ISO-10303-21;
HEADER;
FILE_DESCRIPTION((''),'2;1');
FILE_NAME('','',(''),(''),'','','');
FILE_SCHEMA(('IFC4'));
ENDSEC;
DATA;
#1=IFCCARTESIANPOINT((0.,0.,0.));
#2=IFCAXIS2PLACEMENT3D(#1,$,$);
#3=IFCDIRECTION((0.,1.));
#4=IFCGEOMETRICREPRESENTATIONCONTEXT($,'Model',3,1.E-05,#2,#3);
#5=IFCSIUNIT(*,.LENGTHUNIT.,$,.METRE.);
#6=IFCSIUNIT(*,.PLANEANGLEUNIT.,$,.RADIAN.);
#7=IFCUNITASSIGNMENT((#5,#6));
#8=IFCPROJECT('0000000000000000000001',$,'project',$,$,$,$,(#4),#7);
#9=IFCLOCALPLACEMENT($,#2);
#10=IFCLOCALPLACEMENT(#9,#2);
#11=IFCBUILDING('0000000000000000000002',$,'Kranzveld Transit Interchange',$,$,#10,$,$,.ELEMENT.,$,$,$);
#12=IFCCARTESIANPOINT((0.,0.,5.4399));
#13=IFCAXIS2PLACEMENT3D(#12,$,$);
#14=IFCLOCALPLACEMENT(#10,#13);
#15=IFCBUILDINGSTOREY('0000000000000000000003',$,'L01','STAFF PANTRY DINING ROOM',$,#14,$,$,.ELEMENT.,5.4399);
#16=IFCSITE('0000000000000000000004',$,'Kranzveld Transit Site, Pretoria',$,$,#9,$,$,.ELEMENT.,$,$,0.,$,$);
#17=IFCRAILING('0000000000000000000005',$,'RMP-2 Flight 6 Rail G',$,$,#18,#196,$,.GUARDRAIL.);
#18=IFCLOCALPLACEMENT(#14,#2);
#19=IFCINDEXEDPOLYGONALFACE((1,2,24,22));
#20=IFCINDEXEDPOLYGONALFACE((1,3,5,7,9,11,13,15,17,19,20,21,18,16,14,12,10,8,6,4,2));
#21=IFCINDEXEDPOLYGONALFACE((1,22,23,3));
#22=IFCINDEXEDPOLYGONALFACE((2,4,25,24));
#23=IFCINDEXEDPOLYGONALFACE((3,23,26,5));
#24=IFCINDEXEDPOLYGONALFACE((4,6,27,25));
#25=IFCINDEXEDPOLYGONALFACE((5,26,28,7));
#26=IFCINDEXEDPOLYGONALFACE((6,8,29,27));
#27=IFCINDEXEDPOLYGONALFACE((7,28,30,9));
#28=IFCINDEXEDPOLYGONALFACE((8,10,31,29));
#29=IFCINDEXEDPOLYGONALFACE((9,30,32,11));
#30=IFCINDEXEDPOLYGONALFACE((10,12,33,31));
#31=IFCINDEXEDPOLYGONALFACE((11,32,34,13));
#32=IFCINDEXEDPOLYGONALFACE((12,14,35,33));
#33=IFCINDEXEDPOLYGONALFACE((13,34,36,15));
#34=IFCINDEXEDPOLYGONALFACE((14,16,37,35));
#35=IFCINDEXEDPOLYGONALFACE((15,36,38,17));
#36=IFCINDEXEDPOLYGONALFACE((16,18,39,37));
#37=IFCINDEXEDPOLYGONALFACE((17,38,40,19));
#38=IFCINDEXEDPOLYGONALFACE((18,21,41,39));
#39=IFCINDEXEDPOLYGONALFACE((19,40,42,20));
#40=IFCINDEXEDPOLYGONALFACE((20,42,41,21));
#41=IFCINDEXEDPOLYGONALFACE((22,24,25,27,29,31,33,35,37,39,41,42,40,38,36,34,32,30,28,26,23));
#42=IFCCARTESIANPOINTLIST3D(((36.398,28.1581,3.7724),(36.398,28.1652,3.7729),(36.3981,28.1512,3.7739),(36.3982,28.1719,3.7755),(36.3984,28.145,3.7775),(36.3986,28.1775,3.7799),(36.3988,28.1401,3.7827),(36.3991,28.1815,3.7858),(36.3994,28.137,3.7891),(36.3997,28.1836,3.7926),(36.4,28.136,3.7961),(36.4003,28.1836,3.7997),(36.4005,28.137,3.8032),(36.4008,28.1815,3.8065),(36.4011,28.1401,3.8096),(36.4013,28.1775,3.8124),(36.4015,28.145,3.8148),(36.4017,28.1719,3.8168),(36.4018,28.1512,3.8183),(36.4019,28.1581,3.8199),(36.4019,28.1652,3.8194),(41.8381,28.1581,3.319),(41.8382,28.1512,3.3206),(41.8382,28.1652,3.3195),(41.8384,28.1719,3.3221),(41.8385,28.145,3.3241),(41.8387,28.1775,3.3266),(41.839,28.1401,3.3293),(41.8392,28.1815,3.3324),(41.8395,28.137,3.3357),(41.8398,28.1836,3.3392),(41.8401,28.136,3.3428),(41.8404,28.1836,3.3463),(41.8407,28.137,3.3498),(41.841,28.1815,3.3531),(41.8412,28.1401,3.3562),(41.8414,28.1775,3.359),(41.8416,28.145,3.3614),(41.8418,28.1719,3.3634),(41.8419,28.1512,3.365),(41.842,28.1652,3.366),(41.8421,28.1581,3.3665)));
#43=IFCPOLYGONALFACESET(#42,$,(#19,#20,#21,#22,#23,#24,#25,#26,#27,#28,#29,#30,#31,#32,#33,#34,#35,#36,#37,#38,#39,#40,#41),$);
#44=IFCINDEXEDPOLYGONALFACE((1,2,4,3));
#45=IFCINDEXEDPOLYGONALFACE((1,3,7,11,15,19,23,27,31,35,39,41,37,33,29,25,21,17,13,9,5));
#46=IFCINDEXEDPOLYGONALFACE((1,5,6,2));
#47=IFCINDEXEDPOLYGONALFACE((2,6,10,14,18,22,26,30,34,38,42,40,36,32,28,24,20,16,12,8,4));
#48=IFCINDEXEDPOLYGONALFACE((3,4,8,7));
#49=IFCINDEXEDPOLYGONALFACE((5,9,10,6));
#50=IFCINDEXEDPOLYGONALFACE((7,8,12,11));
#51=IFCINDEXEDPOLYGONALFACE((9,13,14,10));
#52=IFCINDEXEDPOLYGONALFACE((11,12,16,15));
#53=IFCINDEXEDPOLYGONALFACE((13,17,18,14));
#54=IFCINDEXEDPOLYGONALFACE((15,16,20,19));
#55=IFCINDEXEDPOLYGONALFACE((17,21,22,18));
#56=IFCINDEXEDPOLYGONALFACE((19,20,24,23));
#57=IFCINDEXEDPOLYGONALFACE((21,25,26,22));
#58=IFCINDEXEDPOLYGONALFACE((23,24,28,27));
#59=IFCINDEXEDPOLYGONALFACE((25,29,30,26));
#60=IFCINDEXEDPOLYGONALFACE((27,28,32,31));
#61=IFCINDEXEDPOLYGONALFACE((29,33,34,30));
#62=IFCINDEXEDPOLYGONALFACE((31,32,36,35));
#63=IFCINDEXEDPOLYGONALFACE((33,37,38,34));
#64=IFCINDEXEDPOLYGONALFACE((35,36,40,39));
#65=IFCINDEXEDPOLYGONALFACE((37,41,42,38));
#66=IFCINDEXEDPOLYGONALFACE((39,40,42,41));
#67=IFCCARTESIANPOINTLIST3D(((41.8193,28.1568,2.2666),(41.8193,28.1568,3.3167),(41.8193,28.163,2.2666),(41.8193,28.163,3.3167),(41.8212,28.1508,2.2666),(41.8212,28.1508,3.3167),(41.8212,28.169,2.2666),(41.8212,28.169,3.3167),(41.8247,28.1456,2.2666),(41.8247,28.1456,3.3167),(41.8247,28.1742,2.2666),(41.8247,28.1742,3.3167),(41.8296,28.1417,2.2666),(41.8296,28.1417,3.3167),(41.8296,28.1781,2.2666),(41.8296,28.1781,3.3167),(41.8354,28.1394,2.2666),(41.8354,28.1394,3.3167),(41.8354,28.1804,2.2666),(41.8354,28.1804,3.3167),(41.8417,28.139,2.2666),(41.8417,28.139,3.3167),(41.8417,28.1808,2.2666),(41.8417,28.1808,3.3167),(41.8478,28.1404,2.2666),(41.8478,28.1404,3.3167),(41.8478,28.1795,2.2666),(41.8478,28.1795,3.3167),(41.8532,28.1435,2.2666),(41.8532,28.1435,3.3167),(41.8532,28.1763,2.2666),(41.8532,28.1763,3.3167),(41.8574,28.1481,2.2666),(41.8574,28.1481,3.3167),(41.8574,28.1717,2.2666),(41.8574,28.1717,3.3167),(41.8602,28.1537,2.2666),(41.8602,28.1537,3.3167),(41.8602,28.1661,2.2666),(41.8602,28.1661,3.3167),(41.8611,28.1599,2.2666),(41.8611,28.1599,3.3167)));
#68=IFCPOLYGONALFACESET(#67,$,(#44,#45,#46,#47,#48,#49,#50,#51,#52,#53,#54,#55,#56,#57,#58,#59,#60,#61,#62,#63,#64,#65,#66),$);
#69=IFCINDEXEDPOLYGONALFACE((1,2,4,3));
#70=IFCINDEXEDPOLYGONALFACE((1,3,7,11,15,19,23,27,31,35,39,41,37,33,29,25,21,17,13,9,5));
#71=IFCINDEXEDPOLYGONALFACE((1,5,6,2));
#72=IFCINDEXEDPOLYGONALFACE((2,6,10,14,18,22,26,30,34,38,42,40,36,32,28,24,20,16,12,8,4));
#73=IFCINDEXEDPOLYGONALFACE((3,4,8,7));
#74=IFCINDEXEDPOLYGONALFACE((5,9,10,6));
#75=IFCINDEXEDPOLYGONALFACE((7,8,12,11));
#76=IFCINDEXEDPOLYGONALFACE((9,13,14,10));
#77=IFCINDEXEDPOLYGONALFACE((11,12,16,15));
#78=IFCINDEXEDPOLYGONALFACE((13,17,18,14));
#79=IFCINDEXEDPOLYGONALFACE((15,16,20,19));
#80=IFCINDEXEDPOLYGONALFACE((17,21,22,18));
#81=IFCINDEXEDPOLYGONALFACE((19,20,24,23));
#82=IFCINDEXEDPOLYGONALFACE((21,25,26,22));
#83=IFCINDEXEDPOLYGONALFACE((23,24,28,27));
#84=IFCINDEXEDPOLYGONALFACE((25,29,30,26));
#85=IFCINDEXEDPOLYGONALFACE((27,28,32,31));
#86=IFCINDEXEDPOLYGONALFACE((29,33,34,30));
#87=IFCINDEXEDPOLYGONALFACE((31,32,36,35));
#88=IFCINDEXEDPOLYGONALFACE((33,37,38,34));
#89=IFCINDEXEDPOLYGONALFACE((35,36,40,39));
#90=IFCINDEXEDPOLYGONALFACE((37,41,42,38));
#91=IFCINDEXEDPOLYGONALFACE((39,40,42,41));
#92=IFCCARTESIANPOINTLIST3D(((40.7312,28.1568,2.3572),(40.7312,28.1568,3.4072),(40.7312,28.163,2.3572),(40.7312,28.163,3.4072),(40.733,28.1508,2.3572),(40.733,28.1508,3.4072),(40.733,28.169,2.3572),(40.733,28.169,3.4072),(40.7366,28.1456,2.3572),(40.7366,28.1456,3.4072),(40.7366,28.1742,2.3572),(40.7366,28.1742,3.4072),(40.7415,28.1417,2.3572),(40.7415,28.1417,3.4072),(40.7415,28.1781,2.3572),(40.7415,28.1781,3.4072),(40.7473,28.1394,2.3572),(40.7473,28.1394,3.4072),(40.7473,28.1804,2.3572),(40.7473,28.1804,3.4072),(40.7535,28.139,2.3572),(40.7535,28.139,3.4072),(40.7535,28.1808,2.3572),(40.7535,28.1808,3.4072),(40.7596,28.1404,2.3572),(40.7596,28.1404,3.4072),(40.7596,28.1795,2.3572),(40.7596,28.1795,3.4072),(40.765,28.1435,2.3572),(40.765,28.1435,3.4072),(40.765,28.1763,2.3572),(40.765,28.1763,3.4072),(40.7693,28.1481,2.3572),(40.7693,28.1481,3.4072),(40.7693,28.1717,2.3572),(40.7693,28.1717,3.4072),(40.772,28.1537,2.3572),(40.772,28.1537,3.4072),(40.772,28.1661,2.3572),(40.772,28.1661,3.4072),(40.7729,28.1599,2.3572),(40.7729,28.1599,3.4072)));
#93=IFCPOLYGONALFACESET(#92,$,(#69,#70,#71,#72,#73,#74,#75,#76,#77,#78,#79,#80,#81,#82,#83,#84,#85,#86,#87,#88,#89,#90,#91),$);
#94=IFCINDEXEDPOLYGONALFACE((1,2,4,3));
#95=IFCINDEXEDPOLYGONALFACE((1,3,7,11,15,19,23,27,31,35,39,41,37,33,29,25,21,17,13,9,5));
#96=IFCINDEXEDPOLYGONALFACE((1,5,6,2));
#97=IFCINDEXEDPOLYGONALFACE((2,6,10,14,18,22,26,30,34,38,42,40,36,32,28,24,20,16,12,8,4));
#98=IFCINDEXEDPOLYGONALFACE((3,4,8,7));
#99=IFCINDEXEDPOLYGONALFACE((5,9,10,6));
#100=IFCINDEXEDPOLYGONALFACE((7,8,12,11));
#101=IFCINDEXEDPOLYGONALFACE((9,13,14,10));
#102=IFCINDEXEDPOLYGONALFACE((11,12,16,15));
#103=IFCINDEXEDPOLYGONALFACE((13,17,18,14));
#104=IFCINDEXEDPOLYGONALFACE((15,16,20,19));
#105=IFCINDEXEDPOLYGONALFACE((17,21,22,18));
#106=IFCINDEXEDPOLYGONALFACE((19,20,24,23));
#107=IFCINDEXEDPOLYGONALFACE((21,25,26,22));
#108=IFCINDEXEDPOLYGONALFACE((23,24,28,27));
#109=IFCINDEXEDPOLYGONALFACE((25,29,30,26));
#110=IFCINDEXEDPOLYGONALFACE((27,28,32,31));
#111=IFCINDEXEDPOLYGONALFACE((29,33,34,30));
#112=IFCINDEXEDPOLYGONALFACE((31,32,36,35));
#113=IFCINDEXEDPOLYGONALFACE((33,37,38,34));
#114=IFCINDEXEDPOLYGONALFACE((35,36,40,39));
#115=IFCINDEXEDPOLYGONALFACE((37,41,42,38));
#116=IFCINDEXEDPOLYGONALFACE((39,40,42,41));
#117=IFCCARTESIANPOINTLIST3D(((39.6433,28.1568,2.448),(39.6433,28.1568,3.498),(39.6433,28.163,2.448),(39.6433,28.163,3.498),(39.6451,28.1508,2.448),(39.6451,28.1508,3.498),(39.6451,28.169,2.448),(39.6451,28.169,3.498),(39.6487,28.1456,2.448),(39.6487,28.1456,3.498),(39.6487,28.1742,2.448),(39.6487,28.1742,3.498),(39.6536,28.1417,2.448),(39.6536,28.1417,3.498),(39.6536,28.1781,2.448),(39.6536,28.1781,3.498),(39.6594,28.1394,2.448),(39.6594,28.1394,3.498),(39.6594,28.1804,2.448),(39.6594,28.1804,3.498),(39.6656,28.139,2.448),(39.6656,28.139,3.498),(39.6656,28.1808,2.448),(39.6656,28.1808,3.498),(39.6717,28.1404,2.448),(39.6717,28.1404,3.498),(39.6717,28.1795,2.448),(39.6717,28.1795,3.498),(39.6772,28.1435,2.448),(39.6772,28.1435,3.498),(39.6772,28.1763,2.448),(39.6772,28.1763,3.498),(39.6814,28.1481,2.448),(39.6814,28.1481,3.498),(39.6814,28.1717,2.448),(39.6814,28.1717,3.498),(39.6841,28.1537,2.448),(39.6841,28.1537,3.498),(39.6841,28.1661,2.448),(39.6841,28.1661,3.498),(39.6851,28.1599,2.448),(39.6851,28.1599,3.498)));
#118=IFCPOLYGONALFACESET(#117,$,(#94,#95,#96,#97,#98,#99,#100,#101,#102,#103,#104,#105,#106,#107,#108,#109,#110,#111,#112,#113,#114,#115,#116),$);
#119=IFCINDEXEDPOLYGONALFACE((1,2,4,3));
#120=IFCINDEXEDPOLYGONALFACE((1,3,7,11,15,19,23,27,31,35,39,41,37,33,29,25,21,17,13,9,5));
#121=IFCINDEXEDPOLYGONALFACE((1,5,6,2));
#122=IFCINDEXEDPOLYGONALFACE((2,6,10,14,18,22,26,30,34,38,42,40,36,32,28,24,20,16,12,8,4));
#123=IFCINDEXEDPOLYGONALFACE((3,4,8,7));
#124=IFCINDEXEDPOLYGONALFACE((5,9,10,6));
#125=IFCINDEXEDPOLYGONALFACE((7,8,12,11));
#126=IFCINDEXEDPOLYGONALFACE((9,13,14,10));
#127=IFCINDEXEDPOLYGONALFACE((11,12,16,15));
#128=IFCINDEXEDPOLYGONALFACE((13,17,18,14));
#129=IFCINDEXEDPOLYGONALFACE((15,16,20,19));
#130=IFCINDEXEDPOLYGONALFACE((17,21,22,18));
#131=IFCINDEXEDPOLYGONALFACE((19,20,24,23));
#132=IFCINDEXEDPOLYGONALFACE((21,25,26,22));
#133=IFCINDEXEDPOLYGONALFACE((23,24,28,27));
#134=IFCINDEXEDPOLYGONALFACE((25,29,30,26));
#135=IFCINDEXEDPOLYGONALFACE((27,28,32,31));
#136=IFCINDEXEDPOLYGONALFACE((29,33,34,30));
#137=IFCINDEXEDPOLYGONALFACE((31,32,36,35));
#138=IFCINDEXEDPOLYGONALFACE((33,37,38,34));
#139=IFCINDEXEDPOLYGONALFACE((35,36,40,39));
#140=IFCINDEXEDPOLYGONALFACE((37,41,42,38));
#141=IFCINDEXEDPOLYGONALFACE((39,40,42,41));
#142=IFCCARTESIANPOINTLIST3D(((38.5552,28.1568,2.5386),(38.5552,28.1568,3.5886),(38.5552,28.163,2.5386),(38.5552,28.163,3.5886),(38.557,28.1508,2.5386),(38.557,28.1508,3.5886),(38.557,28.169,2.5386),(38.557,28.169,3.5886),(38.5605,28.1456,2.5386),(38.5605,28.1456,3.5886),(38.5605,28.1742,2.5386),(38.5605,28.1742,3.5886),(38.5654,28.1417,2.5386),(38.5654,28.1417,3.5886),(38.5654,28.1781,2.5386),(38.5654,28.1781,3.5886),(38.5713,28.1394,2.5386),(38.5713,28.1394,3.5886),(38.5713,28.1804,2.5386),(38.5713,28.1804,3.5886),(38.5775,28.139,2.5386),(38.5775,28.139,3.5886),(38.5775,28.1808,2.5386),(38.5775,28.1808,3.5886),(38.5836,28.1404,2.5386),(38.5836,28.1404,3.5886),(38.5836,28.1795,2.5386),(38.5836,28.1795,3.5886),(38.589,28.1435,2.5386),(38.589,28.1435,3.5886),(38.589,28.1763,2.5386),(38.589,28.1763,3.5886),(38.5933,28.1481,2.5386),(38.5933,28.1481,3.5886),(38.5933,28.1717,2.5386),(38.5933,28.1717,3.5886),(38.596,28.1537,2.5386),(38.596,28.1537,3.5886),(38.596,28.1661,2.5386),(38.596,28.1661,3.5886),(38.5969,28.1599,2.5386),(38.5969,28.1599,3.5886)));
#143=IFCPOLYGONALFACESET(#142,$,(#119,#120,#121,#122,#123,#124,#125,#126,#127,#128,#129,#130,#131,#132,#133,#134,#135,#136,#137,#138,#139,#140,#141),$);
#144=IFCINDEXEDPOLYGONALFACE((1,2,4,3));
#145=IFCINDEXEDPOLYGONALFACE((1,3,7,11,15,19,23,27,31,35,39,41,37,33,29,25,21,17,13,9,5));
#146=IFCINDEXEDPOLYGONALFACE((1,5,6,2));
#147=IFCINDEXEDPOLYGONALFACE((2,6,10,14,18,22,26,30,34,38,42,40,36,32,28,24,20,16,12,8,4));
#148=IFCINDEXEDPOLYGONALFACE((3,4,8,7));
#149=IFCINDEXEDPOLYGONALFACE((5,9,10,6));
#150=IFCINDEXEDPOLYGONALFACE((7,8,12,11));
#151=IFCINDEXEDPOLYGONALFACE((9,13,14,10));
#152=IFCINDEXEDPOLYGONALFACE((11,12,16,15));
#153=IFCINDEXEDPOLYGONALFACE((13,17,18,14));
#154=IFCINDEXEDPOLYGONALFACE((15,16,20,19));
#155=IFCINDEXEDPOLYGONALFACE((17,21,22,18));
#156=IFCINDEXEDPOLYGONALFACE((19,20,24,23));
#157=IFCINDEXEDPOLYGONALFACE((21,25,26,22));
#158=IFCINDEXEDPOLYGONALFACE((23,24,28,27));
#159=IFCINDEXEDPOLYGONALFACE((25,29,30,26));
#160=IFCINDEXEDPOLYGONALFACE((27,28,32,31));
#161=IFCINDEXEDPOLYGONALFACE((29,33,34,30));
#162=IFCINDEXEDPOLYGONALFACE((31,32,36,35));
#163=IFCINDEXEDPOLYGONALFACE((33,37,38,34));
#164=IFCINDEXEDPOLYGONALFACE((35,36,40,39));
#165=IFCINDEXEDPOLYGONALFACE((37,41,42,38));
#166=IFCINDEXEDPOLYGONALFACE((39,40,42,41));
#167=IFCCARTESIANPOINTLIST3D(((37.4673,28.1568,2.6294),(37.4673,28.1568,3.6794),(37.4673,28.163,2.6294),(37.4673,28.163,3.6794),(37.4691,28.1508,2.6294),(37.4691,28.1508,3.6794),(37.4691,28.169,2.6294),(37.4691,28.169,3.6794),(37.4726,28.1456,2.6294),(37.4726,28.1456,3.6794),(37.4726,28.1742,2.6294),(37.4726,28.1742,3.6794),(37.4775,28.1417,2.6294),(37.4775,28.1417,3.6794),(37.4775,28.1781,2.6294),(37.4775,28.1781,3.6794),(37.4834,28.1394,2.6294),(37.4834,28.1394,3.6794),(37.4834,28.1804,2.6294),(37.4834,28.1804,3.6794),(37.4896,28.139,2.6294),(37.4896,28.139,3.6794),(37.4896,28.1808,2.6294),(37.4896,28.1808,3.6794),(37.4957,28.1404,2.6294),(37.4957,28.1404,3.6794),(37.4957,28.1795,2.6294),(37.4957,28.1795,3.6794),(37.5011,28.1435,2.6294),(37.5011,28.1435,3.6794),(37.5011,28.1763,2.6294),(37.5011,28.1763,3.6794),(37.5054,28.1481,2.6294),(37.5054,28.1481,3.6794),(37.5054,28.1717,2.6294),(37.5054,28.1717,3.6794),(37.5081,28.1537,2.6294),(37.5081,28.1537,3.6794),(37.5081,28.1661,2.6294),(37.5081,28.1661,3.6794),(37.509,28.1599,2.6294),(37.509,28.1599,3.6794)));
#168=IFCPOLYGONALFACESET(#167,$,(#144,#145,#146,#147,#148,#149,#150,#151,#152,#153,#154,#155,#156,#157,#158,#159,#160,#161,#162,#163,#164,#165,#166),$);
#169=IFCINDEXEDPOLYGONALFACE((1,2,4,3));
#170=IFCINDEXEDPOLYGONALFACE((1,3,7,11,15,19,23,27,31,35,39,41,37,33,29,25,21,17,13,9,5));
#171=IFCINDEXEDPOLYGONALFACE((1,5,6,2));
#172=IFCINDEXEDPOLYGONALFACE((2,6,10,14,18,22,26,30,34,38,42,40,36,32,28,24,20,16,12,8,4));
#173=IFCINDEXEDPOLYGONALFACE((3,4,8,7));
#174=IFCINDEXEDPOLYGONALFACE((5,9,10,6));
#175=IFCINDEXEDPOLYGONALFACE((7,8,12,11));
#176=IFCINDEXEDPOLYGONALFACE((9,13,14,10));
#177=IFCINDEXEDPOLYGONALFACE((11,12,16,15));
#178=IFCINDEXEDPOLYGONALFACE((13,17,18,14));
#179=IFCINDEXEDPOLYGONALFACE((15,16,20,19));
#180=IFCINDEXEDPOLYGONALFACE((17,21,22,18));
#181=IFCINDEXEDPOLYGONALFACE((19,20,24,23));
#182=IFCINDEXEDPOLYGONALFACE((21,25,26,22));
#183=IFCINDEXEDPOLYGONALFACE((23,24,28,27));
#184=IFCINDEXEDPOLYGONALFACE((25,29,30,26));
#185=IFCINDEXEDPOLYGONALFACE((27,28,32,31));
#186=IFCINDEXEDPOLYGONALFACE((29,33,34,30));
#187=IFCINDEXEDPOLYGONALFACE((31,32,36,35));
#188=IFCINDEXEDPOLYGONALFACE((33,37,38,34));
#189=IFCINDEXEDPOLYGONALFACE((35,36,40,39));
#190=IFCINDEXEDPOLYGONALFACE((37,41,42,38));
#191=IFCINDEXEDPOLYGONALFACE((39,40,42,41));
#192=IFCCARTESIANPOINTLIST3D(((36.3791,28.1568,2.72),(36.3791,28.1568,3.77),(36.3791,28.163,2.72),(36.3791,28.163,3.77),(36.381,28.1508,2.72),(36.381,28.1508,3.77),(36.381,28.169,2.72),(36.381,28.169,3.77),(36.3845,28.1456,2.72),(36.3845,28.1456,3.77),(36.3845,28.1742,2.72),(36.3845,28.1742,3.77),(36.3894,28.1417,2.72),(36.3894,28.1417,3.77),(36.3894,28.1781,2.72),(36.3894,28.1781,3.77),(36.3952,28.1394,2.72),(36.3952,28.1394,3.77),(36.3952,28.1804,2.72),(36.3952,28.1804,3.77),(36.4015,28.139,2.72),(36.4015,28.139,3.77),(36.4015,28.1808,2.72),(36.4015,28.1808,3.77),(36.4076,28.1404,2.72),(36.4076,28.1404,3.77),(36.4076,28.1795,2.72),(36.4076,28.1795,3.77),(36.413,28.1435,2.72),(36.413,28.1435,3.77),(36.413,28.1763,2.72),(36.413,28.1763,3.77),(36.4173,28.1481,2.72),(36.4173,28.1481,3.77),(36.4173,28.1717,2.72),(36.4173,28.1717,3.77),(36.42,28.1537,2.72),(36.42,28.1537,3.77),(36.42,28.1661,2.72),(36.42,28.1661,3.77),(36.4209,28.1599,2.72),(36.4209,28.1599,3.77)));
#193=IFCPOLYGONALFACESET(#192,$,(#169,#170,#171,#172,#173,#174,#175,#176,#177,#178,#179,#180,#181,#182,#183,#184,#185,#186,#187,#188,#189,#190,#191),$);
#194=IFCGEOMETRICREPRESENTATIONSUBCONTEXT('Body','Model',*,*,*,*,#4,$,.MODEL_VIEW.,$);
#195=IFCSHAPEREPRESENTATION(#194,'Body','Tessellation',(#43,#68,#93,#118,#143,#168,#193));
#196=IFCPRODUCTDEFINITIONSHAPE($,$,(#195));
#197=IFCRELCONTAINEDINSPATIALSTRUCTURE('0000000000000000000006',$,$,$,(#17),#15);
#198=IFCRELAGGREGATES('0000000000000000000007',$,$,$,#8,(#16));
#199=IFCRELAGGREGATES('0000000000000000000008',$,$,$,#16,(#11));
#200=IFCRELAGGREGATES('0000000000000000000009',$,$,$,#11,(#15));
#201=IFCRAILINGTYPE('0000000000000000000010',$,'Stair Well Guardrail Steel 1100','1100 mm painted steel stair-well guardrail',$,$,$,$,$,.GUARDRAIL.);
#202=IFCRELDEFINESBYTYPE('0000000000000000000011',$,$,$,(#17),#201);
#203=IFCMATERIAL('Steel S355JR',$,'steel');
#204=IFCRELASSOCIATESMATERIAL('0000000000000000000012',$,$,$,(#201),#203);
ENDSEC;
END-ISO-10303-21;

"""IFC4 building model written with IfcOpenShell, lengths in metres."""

from ifc_helpers import new_model, si_unit, direction, frame, origin, origin_2d, place, context, subcontext, project, spatial, circle, extrude, material, type_object, element, save


model = new_model("IFC4")

# Units and contexts
model_context = context("Model", 3, precision=1e-05, world=origin(), true_north=direction((0.0, 1.0)))
body_context = subcontext(model_context, "Body", "Model", "MODEL_VIEW")
ifc_project = project(units=[si_unit("LENGTHUNIT", "METRE"), si_unit("PLANEANGLEUNIT", "RADIAN")], contexts=[model_context])

# Site, building, storey
site_placement = place(None, origin())
site = spatial("IfcSite", under=ifc_project, at=site_placement, Name="Kranzveld Transit Site, Pretoria", CompositionType="ELEMENT", RefElevation=0.0)
building_placement = place(site_placement, origin())
building = spatial("IfcBuilding", under=site, at=building_placement, Name="Kranzveld Transit Interchange", CompositionType="ELEMENT")
storey_placement = place(building_placement, frame((0.0, 0.0, 5.4399)))
storey = spatial("IfcBuildingStorey", under=building, at=storey_placement, Name="L01", Description="STAFF PANTRY DINING ROOM", CompositionType="ELEMENT", Elevation=5.4399)

# Railing
ifc_material_1 = material(Name="Steel S355JR", Category="steel")
railing_type_1 = type_object("IfcRailingType", Name="Stair Well Guardrail Steel 1100", Description="1100 mm painted steel stair-well guardrail", PredefinedType="GUARDRAIL", material=ifc_material_1)
railing_1_placement = place(storey_placement, frame((41.8401, 28.1599, 2.2666)))
element("IfcRailing", 1, at=railing_1_placement, inside=storey, type_object=railing_type_1, Name="RMP-2 Flight 6 Rail G", PredefinedType="GUARDRAIL", context=body_context, shape_type="SweptSolid", body=[
    extrude(circle(Radius=0.0239, at=origin_2d()), frame((0.0, 0.0, 1.0762), z_axis=(-0.996545, 0.0, 0.083049), x_axis=(0.0, -1.0, 0.0)), (0.0, 0.0, 1.0), 5.459),
    extrude(circle(Radius=0.021, at=origin_2d()), origin(), (0.0, 0.0, 1.0), 1.05),
    extrude(circle(Radius=0.021, at=origin_2d()), frame((-1.0881, 0.0, 0.0906)), (0.0, 0.0, 1.0), 1.05),
    extrude(circle(Radius=0.021, at=origin_2d()), frame((-2.176, 0.0, 0.1814)), (0.0, 0.0, 1.0), 1.05),
    extrude(circle(Radius=0.021, at=origin_2d()), frame((-3.2642, 0.0, 0.272)), (0.0, 0.0, 1.0), 1.05),
    extrude(circle(Radius=0.021, at=origin_2d()), frame((-4.3521, 0.0, 0.3628)), (0.0, 0.0, 1.0), 1.05),
    extrude(circle(Radius=0.021, at=origin_2d()), frame((-5.4402, 0.0, 0.4534)), (0.0, 0.0, 1.0), 1.05),
])

save(model, "model.ifc")
